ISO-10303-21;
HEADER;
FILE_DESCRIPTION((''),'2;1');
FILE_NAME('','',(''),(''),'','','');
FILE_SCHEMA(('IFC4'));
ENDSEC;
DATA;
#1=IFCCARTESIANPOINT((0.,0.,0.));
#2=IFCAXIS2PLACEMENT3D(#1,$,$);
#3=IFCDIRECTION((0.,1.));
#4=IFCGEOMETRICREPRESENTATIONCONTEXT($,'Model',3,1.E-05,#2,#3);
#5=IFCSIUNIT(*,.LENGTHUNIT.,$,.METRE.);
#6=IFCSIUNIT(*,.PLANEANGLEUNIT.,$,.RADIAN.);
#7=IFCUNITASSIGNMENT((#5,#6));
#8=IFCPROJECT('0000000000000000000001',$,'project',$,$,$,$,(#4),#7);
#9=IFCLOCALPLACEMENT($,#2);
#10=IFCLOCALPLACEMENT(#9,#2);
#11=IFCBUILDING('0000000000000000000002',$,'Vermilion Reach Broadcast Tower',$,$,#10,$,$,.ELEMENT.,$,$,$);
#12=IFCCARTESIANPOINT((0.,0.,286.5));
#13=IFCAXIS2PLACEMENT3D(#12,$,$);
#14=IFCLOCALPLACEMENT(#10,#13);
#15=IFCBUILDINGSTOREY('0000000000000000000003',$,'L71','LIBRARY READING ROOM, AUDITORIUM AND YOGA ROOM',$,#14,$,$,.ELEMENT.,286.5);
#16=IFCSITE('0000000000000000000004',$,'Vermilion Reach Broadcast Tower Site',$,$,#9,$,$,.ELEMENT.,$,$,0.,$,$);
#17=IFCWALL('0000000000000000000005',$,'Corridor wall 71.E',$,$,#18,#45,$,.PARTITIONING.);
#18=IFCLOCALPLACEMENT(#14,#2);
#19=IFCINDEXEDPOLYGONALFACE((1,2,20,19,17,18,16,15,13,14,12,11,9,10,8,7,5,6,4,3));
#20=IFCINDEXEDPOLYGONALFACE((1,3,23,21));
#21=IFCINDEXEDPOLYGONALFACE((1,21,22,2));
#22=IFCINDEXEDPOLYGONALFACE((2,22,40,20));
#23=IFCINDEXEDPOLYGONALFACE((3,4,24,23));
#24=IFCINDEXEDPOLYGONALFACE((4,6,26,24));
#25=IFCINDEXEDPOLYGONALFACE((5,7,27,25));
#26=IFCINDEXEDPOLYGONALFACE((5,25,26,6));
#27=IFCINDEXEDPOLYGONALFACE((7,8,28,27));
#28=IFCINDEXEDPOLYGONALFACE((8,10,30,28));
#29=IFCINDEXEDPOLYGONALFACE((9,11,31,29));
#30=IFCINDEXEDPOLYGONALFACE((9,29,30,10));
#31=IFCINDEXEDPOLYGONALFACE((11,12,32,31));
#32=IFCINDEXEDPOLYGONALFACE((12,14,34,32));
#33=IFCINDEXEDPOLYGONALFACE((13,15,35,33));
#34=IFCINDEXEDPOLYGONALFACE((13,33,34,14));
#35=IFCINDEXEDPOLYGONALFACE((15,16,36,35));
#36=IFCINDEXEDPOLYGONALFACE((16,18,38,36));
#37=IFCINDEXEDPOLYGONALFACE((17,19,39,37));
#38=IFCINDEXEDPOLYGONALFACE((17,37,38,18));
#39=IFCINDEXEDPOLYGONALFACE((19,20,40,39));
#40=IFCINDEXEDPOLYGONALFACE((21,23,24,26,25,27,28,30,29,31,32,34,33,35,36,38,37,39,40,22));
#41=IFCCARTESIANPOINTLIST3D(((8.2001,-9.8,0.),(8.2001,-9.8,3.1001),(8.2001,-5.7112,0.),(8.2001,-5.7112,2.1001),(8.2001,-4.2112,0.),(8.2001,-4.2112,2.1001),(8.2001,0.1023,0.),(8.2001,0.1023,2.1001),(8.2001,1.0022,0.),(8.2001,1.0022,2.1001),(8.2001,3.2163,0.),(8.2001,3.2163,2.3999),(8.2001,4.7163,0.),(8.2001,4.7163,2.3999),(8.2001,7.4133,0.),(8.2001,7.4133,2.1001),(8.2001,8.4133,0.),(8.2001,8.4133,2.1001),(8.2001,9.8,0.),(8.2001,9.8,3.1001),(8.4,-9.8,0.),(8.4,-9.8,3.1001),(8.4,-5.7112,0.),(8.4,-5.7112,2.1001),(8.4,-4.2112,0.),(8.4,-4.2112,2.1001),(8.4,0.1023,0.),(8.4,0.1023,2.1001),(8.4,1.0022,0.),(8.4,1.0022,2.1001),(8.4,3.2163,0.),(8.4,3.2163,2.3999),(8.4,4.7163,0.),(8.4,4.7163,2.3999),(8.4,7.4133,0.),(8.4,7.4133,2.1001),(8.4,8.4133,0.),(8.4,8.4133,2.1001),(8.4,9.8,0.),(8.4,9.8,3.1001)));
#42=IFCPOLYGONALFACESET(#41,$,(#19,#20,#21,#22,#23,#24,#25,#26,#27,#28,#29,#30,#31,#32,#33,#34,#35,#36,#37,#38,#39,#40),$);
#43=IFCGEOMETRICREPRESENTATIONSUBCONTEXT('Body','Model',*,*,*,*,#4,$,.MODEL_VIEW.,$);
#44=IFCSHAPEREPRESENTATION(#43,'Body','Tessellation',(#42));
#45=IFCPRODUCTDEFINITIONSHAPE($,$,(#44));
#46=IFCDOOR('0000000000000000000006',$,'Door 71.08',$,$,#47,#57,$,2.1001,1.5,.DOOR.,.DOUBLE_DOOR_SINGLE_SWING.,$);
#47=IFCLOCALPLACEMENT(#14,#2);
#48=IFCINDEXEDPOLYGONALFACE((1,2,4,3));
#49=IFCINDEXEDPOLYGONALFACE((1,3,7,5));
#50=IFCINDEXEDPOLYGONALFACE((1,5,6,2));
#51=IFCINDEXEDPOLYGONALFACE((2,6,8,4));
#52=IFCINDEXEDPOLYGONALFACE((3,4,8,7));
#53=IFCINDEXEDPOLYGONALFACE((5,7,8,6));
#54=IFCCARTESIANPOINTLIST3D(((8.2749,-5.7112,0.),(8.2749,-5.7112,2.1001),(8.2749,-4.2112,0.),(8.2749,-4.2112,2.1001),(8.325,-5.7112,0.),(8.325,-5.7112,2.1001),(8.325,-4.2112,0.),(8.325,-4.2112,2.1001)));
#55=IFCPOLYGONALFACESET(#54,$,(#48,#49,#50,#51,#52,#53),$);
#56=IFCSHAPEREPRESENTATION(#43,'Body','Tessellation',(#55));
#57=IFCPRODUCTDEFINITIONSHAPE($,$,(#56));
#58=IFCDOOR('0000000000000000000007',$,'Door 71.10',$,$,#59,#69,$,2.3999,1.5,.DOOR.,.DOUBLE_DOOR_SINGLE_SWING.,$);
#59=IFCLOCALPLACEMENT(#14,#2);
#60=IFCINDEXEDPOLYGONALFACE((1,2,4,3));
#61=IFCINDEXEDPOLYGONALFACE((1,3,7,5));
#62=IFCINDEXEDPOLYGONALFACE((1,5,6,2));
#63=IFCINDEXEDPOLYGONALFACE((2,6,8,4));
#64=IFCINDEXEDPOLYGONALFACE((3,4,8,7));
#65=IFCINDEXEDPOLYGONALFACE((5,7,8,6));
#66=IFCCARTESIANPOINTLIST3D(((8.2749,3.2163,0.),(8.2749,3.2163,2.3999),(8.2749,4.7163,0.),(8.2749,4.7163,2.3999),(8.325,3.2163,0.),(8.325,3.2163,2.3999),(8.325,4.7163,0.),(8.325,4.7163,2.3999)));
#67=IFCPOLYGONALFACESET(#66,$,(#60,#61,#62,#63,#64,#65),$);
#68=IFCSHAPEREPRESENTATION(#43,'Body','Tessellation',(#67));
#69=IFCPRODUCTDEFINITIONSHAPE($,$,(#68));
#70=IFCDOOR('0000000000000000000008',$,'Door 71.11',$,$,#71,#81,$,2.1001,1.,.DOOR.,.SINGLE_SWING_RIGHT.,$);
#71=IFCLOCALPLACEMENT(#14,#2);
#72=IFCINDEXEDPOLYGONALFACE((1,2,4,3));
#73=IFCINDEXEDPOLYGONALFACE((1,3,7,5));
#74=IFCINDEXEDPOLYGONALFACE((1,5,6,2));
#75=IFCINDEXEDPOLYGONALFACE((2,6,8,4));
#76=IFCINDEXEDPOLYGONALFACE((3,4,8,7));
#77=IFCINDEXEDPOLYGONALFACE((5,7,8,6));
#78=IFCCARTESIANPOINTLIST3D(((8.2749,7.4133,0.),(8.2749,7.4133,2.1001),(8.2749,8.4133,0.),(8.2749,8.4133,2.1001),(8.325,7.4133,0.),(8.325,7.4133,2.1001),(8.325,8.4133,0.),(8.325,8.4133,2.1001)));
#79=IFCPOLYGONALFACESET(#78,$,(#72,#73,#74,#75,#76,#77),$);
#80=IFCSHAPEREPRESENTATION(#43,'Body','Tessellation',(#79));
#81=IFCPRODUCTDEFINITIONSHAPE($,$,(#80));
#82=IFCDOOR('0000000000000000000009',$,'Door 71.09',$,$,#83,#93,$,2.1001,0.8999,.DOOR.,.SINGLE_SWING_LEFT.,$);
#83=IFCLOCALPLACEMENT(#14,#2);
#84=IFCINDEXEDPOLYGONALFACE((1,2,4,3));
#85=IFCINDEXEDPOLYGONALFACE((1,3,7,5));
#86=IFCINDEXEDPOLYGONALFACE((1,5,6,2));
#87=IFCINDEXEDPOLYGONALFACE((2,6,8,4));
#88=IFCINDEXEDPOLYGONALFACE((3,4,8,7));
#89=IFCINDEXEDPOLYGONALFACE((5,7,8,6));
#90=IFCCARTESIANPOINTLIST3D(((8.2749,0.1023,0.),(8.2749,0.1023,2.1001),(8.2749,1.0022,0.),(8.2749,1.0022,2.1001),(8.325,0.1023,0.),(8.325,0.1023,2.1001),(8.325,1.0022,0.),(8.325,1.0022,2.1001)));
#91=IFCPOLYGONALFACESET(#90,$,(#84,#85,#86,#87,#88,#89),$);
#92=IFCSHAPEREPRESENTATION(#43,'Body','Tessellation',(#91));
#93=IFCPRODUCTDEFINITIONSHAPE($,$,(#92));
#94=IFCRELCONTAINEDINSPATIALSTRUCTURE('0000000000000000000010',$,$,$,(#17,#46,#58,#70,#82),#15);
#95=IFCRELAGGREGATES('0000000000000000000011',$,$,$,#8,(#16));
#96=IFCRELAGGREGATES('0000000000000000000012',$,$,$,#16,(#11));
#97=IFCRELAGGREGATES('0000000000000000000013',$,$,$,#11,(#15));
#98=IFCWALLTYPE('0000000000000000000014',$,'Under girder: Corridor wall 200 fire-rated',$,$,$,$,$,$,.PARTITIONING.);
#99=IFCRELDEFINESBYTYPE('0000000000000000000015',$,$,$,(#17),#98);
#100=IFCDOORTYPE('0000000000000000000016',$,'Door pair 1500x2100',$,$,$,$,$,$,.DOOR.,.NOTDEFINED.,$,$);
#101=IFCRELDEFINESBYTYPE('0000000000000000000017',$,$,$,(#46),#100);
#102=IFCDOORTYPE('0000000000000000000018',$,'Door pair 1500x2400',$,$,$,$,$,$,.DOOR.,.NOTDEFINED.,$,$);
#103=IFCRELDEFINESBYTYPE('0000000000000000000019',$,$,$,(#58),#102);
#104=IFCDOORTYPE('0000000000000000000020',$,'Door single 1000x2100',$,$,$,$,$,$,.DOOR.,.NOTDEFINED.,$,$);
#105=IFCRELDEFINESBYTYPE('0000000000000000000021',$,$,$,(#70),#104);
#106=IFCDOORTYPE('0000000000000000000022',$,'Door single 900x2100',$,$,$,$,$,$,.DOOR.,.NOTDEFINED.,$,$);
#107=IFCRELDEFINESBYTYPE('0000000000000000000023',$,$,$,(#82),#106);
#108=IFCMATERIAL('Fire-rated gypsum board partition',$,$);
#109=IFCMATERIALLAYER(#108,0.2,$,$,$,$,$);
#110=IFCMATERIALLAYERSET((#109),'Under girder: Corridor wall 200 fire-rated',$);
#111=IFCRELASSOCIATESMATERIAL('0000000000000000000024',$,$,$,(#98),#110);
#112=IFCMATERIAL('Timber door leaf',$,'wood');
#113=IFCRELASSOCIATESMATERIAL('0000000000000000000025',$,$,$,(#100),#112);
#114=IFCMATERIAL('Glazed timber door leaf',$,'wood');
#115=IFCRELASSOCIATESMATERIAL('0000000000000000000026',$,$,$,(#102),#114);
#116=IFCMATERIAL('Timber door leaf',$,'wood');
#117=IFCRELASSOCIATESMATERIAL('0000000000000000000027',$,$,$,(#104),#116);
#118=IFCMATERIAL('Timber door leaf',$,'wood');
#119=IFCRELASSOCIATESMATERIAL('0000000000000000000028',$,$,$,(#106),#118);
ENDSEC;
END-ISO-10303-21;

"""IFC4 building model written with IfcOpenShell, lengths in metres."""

from ifc_helpers import new_model, si_unit, direction, frame, frame_2d, origin, place, context, subcontext, project, spatial, rectangle, extrude, material, layer, layer_set, type_object, element, fill, save


model = new_model("IFC4")

# Units and contexts
model_context = context("Model", 3, precision=1e-05, world=origin(), true_north=direction((0.0, 1.0)))
body_context = subcontext(model_context, "Body", "Model", "MODEL_VIEW")
ifc_project = project(units=[si_unit("LENGTHUNIT", "METRE"), si_unit("PLANEANGLEUNIT", "RADIAN")], contexts=[model_context])

# Site, building, storey
site_placement = place(None, origin())
site = spatial("IfcSite", under=ifc_project, at=site_placement, Name="Vermilion Reach Broadcast Tower Site", CompositionType="ELEMENT", RefElevation=0.0)
building_placement = place(site_placement, origin())
building = spatial("IfcBuilding", under=site, at=building_placement, Name="Vermilion Reach Broadcast Tower", CompositionType="ELEMENT")
storey_placement = place(building_placement, frame((0.0, 0.0, 286.5)))
storey = spatial("IfcBuildingStorey", under=building, at=storey_placement, Name="L71", Description="LIBRARY READING ROOM, AUDITORIUM AND YOGA ROOM", CompositionType="ELEMENT", Elevation=286.5)

# Wall, openings, doors
ifc_material_1 = material(Name="Fire-rated gypsum board partition")
ifc_layer_1 = layer(ifc_material_1, 0.2)
ifc_layer_set_1 = layer_set([ifc_layer_1], Name="Under girder: Corridor wall 200 fire-rated")
wall_type_1 = type_object("IfcWallType", Name="Under girder: Corridor wall 200 fire-rated", PredefinedType="PARTITIONING", material=ifc_layer_set_1)
wall_1_placement = place(storey_placement, frame((8.3, 9.8, 0.0), z_axis=(0.0, 0.0, 1.0), x_axis=(0.0, -1.0, 0.0)))
wall_1 = element("IfcWall", 1, at=wall_1_placement, inside=storey, type_object=wall_type_1, Name="Corridor wall 71.E", PredefinedType="PARTITIONING", context=body_context, shape_type="SweptSolid", body=[
    extrude(rectangle(XDim=19.6001, YDim=0.2, at=frame_2d((9.8, 0.0))), origin(), (0.0, 0.0, 1.0), 3.1001),
])
opening_1_placement = place(wall_1_placement, frame((14.0112, 0.0, 0.0)))
opening_1 = element("IfcOpeningElement", 2, at=opening_1_placement, cuts=wall_1, PredefinedType="OPENING", context=body_context, shape_type="SweptSolid", body=[
    extrude(rectangle(XDim=1.5, YDim=2.1001, at=frame_2d((0.75, 1.05))), frame((0.0, 0.1099, 0.0), z_axis=(0.0, -1.0, 0.0), x_axis=(1.0, 0.0, 0.0)), (0.0, 0.0, 1.0), 0.22),
])
opening_2_placement = place(wall_1_placement, frame((8.7979, 0.0, 0.0)))
opening_2 = element("IfcOpeningElement", 3, at=opening_2_placement, cuts=wall_1, PredefinedType="OPENING", context=body_context, shape_type="SweptSolid", body=[
    extrude(rectangle(XDim=0.8999, YDim=2.1001, at=frame_2d((0.45, 1.05))), frame((0.0, 0.1099, 0.0), z_axis=(0.0, -1.0, 0.0), x_axis=(1.0, 0.0, 0.0)), (0.0, 0.0, 1.0), 0.22),
])
opening_3_placement = place(wall_1_placement, frame((5.0837, 0.0, 0.0)))
opening_3 = element("IfcOpeningElement", 4, at=opening_3_placement, cuts=wall_1, PredefinedType="OPENING", context=body_context, shape_type="SweptSolid", body=[
    extrude(rectangle(XDim=1.5, YDim=2.3999, at=frame_2d((0.75, 1.2))), frame((0.0, 0.1099, 0.0), z_axis=(0.0, -1.0, 0.0), x_axis=(1.0, 0.0, 0.0)), (0.0, 0.0, 1.0), 0.22),
])
opening_4_placement = place(wall_1_placement, frame((1.3867, 0.0, 0.0)))
opening_4 = element("IfcOpeningElement", 5, at=opening_4_placement, cuts=wall_1, PredefinedType="OPENING", context=body_context, shape_type="SweptSolid", body=[
    extrude(rectangle(XDim=1.0, YDim=2.1001, at=frame_2d((0.5, 1.05))), frame((0.0, 0.1099, 0.0), z_axis=(0.0, -1.0, 0.0), x_axis=(1.0, 0.0, 0.0)), (0.0, 0.0, 1.0), 0.22),
])
ifc_material_2 = material(Name="Timber door leaf", Category="wood")
door_type_1 = type_object("IfcDoorType", Name="Door pair 1500x2100", OperationType="NOTDEFINED", PredefinedType="DOOR", material=ifc_material_2)
door_1_placement = place(opening_1_placement, origin())
door_1 = element("IfcDoor", 6, at=door_1_placement, inside=storey, type_object=door_type_1, Name="Door 71.08", OperationType="DOUBLE_DOOR_SINGLE_SWING", OverallHeight=2.1001, OverallWidth=1.5, PredefinedType="DOOR", context=body_context, shape_type="SweptSolid", body=[
    extrude(rectangle(XDim=1.5, YDim=2.1001, at=frame_2d((0.75, 1.05))), frame((0.0, 0.0249, 0.0), z_axis=(0.0, -1.0, 0.0), x_axis=(1.0, 0.0, 0.0)), (0.0, 0.0, 1.0), 0.05),
])
fill(opening_1, door_1)
ifc_material_3 = material(Name="Glazed timber door leaf", Category="wood")
door_type_2 = type_object("IfcDoorType", Name="Door pair 1500x2400", OperationType="NOTDEFINED", PredefinedType="DOOR", material=ifc_material_3)
door_2_placement = place(opening_3_placement, origin())
door_2 = element("IfcDoor", 7, at=door_2_placement, inside=storey, type_object=door_type_2, Name="Door 71.10", OperationType="DOUBLE_DOOR_SINGLE_SWING", OverallHeight=2.3999, OverallWidth=1.5, PredefinedType="DOOR", context=body_context, shape_type="SweptSolid", body=[
    extrude(rectangle(XDim=1.5, YDim=2.3999, at=frame_2d((0.75, 1.2))), frame((0.0, 0.0249, 0.0), z_axis=(0.0, -1.0, 0.0), x_axis=(1.0, 0.0, 0.0)), (0.0, 0.0, 1.0), 0.05),
])
fill(opening_3, door_2)
ifc_material_4 = material(Name="Timber door leaf", Category="wood")
door_type_3 = type_object("IfcDoorType", Name="Door single 1000x2100", OperationType="NOTDEFINED", PredefinedType="DOOR", material=ifc_material_4)
door_3_placement = place(opening_4_placement, origin())
door_3 = element("IfcDoor", 8, at=door_3_placement, inside=storey, type_object=door_type_3, Name="Door 71.11", OperationType="SINGLE_SWING_RIGHT", OverallHeight=2.1001, OverallWidth=1.0, PredefinedType="DOOR", context=body_context, shape_type="SweptSolid", body=[
    extrude(rectangle(XDim=1.0, YDim=2.1001, at=frame_2d((0.5, 1.05))), frame((0.0, 0.0249, 0.0), z_axis=(0.0, -1.0, 0.0), x_axis=(1.0, 0.0, 0.0)), (0.0, 0.0, 1.0), 0.05),
])
fill(opening_4, door_3)
ifc_material_5 = material(Name="Timber door leaf", Category="wood")
door_type_4 = type_object("IfcDoorType", Name="Door single 900x2100", OperationType="NOTDEFINED", PredefinedType="DOOR", material=ifc_material_5)
door_4_placement = place(opening_2_placement, origin())
door_4 = element("IfcDoor", 9, at=door_4_placement, inside=storey, type_object=door_type_4, Name="Door 71.09", OperationType="SINGLE_SWING_LEFT", OverallHeight=2.1001, OverallWidth=0.8999, PredefinedType="DOOR", context=body_context, shape_type="SweptSolid", body=[
    extrude(rectangle(XDim=0.8999, YDim=2.1001, at=frame_2d((0.45, 1.05))), frame((0.0, 0.0249, 0.0), z_axis=(0.0, -1.0, 0.0), x_axis=(1.0, 0.0, 0.0)), (0.0, 0.0, 1.0), 0.05),
])
fill(opening_2, door_4)

save(model, "model.ifc")
